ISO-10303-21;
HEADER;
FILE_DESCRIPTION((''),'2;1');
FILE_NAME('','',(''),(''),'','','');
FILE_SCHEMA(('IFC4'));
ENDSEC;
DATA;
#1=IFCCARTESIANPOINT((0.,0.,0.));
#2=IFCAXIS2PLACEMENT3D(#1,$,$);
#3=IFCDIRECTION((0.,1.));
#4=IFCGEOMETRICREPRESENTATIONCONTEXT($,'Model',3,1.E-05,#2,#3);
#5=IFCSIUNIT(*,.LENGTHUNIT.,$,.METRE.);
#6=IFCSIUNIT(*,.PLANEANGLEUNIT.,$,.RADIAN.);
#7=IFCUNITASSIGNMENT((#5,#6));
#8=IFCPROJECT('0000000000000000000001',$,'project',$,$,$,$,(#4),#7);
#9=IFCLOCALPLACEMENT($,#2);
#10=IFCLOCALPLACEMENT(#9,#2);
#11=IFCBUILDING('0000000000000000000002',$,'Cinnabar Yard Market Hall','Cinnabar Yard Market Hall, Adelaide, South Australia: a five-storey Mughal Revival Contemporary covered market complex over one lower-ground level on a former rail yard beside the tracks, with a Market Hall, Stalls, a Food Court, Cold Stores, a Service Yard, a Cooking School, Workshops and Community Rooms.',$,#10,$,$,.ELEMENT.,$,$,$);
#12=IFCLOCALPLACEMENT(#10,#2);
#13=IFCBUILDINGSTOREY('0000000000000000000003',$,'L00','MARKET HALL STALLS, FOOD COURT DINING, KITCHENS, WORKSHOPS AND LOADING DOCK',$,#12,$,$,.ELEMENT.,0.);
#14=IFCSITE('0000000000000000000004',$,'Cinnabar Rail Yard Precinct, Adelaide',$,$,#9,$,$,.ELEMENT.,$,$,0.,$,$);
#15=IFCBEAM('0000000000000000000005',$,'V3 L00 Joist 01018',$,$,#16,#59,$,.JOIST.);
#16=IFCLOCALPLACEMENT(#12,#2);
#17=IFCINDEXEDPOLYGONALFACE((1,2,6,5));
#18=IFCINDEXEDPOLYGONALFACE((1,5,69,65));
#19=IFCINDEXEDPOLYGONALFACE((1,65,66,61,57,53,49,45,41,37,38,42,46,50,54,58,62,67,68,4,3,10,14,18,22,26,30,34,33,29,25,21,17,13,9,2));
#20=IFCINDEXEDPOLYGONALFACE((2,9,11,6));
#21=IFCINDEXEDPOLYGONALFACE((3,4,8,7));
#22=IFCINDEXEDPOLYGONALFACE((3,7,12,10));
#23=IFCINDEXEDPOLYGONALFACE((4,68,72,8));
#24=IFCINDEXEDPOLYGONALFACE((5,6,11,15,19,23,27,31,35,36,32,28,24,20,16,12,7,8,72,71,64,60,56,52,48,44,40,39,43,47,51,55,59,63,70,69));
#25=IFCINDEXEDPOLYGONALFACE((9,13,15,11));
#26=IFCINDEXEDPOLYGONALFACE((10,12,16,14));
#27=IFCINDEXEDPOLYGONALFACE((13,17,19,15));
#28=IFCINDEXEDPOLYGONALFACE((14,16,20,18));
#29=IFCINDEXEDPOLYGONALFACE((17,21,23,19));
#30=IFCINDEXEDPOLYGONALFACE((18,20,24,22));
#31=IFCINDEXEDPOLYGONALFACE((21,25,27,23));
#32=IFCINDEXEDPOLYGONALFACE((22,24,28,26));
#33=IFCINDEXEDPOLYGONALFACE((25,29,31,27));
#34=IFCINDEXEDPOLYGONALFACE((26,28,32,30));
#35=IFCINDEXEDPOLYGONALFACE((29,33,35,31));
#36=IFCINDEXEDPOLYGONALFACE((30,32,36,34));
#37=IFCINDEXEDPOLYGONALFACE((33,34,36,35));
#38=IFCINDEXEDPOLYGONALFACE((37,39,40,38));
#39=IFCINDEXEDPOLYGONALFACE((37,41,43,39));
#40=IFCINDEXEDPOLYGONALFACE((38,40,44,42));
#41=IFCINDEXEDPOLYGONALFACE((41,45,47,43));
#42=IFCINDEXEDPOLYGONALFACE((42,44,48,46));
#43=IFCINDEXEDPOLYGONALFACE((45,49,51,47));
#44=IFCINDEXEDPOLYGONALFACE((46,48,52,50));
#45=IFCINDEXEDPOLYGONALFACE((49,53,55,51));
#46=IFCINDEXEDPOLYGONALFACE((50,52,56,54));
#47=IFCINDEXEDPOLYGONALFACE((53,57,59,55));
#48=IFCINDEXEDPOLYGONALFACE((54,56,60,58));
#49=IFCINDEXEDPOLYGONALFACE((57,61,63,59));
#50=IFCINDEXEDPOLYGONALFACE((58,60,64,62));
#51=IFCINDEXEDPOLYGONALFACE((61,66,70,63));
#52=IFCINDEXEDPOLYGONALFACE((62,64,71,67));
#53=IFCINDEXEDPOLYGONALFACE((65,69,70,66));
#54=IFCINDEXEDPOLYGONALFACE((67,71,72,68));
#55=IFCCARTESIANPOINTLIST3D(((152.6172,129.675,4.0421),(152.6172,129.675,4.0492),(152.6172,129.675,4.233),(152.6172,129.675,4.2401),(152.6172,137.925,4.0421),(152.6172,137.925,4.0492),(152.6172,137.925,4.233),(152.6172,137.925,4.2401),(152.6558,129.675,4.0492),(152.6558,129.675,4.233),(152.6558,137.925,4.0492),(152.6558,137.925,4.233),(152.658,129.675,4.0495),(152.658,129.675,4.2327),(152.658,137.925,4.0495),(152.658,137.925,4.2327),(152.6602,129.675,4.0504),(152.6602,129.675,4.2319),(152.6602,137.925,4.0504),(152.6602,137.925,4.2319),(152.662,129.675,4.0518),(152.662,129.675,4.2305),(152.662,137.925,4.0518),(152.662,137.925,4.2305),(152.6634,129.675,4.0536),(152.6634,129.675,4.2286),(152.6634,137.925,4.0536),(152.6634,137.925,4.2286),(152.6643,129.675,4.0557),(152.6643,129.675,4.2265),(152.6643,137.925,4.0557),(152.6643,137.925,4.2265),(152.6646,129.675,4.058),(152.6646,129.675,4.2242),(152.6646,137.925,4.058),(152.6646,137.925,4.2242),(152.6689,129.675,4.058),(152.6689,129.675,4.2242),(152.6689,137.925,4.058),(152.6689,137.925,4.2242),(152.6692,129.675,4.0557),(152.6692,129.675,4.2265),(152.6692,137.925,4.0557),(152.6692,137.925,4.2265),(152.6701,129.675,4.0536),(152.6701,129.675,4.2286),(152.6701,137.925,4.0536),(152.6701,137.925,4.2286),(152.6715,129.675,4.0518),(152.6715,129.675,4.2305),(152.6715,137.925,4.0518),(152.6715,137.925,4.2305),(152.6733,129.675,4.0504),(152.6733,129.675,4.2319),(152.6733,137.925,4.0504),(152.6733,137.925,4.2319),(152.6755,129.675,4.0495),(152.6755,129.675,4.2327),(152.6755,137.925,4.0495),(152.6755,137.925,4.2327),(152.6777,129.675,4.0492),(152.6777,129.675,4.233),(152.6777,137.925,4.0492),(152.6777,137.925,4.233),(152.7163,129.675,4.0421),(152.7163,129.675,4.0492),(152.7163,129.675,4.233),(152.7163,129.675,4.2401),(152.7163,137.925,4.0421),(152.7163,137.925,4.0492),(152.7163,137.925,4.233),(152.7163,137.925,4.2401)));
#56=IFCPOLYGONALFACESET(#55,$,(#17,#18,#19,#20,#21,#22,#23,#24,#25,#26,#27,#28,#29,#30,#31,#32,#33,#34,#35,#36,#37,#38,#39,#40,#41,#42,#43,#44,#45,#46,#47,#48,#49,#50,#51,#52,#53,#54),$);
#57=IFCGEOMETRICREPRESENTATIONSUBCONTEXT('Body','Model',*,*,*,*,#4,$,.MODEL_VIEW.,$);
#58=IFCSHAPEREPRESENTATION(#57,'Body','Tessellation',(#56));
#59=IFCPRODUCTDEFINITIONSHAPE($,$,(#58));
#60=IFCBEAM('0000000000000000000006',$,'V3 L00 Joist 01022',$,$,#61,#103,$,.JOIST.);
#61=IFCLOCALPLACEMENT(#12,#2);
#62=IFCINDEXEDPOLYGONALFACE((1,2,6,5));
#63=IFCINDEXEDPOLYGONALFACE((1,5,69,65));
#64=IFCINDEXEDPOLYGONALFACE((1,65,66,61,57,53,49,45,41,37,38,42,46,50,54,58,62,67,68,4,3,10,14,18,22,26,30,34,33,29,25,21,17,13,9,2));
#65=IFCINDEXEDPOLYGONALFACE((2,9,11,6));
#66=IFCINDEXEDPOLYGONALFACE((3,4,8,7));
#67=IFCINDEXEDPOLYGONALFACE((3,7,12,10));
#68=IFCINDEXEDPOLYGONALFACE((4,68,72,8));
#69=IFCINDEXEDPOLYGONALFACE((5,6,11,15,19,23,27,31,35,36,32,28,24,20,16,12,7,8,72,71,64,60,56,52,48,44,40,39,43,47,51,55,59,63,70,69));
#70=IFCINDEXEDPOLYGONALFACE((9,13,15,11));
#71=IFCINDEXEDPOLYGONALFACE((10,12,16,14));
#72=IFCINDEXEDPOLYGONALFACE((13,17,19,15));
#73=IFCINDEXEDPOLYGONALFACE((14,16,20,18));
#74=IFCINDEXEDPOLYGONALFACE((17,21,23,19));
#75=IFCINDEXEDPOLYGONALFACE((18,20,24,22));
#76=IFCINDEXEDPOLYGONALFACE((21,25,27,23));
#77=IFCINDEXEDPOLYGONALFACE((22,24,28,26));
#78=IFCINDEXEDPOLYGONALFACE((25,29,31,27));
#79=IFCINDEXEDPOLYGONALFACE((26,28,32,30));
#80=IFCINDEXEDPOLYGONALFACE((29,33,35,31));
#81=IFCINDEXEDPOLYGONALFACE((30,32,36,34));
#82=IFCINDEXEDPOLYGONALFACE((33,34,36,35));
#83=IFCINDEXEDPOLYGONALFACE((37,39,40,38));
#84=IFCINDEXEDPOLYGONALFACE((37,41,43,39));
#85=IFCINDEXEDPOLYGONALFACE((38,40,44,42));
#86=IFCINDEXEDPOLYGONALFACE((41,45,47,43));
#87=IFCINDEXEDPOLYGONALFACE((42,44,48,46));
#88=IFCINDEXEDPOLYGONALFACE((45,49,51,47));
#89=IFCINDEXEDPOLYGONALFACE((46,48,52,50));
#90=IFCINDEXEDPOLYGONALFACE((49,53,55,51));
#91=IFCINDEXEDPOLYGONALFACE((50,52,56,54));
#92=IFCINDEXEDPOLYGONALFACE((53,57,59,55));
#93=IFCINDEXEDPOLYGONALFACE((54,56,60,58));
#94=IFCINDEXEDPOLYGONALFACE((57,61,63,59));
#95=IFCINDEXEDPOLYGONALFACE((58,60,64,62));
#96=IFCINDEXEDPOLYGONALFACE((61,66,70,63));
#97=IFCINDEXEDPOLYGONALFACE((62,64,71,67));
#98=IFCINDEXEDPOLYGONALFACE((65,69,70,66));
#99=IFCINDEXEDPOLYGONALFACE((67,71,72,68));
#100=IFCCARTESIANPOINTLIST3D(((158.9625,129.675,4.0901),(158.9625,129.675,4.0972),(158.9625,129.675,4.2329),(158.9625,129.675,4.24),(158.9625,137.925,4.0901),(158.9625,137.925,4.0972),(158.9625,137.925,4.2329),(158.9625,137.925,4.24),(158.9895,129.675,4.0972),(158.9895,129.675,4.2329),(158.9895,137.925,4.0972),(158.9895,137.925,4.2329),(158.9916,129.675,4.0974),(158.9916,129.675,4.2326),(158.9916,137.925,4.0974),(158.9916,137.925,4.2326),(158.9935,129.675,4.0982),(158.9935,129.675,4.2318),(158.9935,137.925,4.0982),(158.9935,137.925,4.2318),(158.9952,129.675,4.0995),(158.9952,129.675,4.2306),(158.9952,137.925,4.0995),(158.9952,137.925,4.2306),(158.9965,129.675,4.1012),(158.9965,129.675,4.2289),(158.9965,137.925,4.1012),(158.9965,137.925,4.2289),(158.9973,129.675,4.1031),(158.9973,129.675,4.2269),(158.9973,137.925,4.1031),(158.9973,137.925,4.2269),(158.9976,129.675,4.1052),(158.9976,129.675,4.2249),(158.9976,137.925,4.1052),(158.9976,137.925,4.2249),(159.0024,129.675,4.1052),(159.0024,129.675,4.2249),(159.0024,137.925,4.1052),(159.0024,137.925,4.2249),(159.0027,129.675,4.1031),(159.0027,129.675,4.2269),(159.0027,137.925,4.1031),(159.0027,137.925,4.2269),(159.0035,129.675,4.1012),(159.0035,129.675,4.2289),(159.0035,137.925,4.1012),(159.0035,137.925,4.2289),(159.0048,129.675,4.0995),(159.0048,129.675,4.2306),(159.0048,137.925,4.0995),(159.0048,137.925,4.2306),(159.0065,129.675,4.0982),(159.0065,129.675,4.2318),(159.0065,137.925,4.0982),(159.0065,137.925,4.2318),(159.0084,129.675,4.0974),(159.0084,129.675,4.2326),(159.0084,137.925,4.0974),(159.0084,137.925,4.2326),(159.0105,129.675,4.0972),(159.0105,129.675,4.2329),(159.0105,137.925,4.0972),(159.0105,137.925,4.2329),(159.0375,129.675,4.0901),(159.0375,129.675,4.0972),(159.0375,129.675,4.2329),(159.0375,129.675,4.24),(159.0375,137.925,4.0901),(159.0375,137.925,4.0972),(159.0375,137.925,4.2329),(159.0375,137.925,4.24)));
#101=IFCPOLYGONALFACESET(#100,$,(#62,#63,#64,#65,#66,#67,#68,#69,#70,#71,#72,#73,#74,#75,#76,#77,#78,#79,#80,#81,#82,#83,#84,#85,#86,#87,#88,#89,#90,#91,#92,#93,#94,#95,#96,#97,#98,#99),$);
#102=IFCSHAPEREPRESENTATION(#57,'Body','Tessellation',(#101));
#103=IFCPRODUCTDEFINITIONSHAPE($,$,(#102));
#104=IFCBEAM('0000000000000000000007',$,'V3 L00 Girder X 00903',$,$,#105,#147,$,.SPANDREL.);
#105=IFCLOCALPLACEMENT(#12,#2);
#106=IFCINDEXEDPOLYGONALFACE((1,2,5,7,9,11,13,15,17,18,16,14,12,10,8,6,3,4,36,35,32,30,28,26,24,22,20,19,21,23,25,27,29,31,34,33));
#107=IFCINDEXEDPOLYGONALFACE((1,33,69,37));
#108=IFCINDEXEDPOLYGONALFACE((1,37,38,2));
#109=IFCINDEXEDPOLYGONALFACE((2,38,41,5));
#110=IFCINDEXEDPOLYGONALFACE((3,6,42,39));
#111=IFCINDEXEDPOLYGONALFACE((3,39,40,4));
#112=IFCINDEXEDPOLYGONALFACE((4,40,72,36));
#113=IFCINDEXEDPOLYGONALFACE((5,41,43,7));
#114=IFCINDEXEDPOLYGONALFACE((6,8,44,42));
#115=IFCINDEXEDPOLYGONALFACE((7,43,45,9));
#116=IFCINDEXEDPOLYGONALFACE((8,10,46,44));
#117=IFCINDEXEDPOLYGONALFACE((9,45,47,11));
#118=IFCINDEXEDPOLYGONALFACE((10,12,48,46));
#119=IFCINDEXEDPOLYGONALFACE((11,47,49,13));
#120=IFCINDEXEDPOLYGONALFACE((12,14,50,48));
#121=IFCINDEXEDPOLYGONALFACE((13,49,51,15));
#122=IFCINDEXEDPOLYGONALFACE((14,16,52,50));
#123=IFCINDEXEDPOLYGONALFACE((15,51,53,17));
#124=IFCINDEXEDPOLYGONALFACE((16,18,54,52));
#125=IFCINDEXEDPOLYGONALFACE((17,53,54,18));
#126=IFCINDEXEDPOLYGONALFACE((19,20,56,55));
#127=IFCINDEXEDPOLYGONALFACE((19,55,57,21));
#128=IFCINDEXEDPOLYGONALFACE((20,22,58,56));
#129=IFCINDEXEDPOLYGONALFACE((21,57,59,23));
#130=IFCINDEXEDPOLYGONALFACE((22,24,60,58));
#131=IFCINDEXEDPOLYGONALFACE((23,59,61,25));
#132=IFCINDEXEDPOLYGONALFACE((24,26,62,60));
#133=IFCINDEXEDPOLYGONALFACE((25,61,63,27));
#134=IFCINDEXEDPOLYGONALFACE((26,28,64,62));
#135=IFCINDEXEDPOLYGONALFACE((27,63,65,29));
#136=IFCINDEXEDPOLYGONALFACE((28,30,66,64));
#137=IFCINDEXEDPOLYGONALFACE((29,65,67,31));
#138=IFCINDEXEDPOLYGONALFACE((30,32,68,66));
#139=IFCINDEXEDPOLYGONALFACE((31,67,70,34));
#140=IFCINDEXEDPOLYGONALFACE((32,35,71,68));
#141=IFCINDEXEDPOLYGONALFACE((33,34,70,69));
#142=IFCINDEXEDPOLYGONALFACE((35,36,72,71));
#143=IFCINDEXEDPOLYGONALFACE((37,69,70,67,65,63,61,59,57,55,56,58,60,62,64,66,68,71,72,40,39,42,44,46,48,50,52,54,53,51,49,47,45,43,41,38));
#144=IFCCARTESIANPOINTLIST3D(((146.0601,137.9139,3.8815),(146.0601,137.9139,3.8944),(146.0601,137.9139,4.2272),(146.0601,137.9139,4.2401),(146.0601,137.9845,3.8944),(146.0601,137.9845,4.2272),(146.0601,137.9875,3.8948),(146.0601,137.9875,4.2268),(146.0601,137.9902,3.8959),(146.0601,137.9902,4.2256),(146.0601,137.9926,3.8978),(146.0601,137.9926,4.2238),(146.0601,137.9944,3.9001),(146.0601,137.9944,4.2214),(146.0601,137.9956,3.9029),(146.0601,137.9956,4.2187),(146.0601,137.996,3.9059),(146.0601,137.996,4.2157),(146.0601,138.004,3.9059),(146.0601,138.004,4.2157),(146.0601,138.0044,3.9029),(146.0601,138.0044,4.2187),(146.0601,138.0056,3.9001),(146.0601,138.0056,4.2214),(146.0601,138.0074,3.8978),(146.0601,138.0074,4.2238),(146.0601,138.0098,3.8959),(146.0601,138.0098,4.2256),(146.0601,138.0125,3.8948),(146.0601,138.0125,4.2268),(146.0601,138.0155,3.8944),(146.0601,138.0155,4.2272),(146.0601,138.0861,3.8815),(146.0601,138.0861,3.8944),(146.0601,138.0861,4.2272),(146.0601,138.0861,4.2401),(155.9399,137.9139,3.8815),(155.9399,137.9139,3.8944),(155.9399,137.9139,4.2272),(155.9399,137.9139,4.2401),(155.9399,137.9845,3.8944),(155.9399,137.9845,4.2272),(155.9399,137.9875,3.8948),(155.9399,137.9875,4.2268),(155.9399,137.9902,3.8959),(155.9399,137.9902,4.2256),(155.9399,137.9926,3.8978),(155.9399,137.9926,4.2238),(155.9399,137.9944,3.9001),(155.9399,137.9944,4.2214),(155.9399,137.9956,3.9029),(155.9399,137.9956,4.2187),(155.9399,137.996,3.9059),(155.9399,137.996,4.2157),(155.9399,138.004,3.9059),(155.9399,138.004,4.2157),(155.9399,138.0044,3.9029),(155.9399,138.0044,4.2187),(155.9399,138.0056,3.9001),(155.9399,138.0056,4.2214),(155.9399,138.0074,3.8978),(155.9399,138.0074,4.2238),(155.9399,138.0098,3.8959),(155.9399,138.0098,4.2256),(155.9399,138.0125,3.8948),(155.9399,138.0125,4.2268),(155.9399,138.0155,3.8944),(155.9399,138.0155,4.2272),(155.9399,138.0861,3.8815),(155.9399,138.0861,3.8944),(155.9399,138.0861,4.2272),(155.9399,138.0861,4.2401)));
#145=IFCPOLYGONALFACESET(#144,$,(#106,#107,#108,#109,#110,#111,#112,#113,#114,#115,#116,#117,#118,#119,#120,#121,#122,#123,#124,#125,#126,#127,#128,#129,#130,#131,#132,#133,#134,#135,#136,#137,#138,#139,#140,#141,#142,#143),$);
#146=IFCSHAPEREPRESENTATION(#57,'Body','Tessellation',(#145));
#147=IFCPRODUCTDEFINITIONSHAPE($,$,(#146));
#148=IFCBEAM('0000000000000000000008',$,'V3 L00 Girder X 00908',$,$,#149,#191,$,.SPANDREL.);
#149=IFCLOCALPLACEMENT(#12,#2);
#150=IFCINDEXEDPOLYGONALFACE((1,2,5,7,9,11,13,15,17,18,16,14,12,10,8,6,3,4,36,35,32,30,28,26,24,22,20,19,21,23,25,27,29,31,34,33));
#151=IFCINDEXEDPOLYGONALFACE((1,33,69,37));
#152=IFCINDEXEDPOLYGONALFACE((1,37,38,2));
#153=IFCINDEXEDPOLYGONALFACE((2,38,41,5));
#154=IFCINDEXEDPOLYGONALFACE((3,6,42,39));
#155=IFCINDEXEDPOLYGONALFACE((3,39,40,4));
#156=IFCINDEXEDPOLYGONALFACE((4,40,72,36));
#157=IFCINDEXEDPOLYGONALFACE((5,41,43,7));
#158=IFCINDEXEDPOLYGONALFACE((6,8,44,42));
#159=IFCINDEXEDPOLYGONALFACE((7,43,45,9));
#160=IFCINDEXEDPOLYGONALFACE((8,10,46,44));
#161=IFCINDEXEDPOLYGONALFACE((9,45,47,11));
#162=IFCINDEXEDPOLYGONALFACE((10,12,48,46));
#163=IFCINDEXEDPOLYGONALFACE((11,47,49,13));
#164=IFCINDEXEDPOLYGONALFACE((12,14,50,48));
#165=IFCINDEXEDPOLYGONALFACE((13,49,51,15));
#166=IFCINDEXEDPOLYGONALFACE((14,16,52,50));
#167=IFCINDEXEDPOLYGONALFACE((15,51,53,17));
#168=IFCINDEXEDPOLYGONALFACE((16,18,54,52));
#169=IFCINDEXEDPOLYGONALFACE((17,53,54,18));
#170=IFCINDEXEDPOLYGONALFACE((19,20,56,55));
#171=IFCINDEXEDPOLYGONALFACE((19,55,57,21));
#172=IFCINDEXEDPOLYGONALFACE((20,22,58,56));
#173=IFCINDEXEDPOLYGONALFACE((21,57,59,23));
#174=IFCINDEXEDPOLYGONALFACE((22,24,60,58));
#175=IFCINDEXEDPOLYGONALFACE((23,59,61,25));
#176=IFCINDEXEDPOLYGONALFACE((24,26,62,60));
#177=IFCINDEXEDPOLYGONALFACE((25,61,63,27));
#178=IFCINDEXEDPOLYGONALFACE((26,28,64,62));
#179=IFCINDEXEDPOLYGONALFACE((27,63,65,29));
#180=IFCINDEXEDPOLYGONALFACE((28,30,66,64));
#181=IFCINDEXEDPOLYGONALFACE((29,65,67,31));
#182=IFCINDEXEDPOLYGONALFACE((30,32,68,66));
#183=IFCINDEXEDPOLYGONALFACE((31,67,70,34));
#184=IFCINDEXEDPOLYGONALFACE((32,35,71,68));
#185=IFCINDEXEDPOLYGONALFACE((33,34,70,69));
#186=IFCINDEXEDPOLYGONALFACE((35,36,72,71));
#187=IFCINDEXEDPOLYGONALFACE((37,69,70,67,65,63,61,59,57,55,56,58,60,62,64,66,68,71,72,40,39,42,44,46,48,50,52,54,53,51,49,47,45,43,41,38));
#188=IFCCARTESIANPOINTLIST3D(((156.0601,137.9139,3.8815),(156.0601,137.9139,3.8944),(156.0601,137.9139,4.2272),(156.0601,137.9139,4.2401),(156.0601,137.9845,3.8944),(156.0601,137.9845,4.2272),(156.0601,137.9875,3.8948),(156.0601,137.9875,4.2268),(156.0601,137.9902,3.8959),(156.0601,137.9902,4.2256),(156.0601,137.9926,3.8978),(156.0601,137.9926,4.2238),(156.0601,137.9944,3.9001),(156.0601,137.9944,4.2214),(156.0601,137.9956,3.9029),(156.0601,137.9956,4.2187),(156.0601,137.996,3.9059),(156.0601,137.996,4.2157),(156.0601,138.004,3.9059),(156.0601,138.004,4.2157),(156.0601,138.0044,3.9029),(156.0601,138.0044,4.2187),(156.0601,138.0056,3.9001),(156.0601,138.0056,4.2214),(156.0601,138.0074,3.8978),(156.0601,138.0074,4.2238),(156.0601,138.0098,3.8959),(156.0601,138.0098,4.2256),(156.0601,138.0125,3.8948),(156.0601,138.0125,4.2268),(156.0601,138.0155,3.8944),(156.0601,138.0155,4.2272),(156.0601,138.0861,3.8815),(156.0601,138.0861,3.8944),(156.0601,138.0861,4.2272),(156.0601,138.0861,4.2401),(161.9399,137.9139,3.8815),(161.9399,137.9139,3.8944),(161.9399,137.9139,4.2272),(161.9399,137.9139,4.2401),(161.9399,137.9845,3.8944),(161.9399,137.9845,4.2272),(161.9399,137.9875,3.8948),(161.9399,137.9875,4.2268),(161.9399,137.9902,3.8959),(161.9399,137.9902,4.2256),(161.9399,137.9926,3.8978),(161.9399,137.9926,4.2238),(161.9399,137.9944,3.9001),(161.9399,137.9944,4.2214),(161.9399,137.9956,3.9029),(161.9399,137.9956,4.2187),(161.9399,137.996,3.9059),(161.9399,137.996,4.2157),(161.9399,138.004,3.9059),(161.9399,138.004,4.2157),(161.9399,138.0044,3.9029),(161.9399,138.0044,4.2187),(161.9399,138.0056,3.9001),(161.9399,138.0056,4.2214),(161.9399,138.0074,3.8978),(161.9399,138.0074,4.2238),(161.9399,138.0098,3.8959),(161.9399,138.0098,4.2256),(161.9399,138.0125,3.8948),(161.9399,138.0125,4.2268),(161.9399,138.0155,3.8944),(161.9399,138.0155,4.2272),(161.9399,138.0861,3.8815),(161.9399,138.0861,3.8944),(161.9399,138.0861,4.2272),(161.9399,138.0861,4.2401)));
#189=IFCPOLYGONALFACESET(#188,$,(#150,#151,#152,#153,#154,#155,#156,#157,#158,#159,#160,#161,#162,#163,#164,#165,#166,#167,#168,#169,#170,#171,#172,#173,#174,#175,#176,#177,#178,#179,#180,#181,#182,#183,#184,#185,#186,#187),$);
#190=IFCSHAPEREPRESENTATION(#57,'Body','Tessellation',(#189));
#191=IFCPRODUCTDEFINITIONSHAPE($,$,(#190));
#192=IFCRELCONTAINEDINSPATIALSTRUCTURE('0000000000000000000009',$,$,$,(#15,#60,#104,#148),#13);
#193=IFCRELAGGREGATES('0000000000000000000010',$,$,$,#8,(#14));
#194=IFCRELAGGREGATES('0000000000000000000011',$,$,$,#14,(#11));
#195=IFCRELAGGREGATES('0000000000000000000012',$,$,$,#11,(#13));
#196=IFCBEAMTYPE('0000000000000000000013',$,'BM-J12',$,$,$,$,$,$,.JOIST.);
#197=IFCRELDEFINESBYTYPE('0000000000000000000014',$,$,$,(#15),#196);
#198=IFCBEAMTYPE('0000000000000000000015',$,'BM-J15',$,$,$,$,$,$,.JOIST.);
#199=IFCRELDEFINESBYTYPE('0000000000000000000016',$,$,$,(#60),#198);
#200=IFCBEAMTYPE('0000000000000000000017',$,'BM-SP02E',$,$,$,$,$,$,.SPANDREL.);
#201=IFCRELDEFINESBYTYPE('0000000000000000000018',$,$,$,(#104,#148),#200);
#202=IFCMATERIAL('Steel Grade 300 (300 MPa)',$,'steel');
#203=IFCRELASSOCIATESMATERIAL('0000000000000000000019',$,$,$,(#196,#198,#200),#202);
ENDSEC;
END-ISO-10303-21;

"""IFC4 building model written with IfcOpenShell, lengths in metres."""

from ifc_helpers import new_model, si_unit, direction, frame, origin, origin_2d_with_axis, place, context, subcontext, project, spatial, i_section, extrude, material, material_profile, profile_set, type_object, element, save


model = new_model("IFC4")

# Units and contexts
model_context = context("Model", 3, precision=1e-05, world=origin(), true_north=direction((0.0, 1.0)))
body_context = subcontext(model_context, "Body", "Model", "MODEL_VIEW")
ifc_project = project(units=[si_unit("LENGTHUNIT", "METRE"), si_unit("PLANEANGLEUNIT", "RADIAN")], contexts=[model_context])

# Site, building, storey
site_placement = place(None, origin())
site = spatial("IfcSite", under=ifc_project, at=site_placement, Name="Cinnabar Rail Yard Precinct, Adelaide", CompositionType="ELEMENT", RefElevation=0.0)
building_placement = place(site_placement, origin())
building = spatial("IfcBuilding", under=site, at=building_placement, Name="Cinnabar Yard Market Hall", Description="Cinnabar Yard Market Hall, Adelaide, South Australia: a five-storey Mughal Revival Contemporary covered market complex over one lower-ground level on a former rail yard beside the tracks, with a Market Hall, Stalls, a Food Court, Cold Stores, a Service Yard, a Cooking School, Workshops and Community Rooms.", CompositionType="ELEMENT")
storey_placement = place(building_placement, origin())
storey = spatial("IfcBuildingStorey", under=building, at=storey_placement, Name="L00", Description="MARKET HALL STALLS, FOOD COURT DINING, KITCHENS, WORKSHOPS AND LOADING DOCK", CompositionType="ELEMENT", Elevation=0.0)

# Shared definitions
ifc_material_1 = material(Name="Steel Grade 300 (300 MPa)", Category="steel")

# Beams
ifc_material_profile_1 = material_profile(ifc_material_1, i_section(OverallWidth=0.0991, OverallDepth=0.198, WebThickness=0.0044, FlangeThickness=0.0071, FilletRadius=0.0088, at=origin_2d_with_axis()), Name="200UB18.2")
ifc_profile_set_1 = profile_set([ifc_material_profile_1], Name="Steel Grade 300 (300 MPa)")
beam_type_1 = type_object("IfcBeamType", Name="BM-J12", PredefinedType="JOIST", material=ifc_profile_set_1)
for number, where, z_axis, x_axis, name in (
    (1, (152.6667, 129.675, 4.1411), (0.0, 1.0, 0.0), (-1.0, 0.0, 0.0), "V3 L00 Joist 01018"),
):
    element("IfcBeam", number, at=place(storey_placement, frame(where, z_axis=z_axis, x_axis=x_axis)), inside=storey, type_object=beam_type_1, Name=name, PredefinedType="JOIST", context=body_context, shape_type="SweptSolid", body=[
        extrude(i_section(OverallWidth=0.0991, OverallDepth=0.198, WebThickness=0.0044, FlangeThickness=0.0071, FilletRadius=0.0088, at=origin_2d_with_axis()), origin(), (0.0, 0.0, 1.0), 8.25),
    ])
ifc_material_profile_2 = material_profile(ifc_material_1, i_section(OverallWidth=0.075, OverallDepth=0.1499, WebThickness=0.0049, FlangeThickness=0.0071, FilletRadius=0.0081, at=origin_2d_with_axis()), Name="150UB14.0")
ifc_profile_set_2 = profile_set([ifc_material_profile_2], Name="Steel Grade 300 (300 MPa)")
beam_type_2 = type_object("IfcBeamType", Name="BM-J15", PredefinedType="JOIST", material=ifc_profile_set_2)
beam_1_placement = place(storey_placement, frame((159.0, 129.675, 4.165), z_axis=(0.0, 1.0, 0.0), x_axis=(-1.0, 0.0, 0.0)))
element("IfcBeam", 2, at=beam_1_placement, inside=storey, type_object=beam_type_2, Name="V3 L00 Joist 01022", PredefinedType="JOIST", context=body_context, shape_type="SweptSolid", body=[
    extrude(i_section(OverallWidth=0.075, OverallDepth=0.1499, WebThickness=0.0049, FlangeThickness=0.0071, FilletRadius=0.0081, at=origin_2d_with_axis()), origin(), (0.0, 0.0, 1.0), 8.25),
])
ifc_material_profile_3 = material_profile(ifc_material_1, i_section(OverallWidth=0.1721, OverallDepth=0.3586, WebThickness=0.0081, FlangeThickness=0.0129, FilletRadius=0.0115, at=origin_2d_with_axis()), Name="360UB56.7")
ifc_profile_set_3 = profile_set([ifc_material_profile_3], Name="Steel Grade 300 (300 MPa)")
beam_type_3 = type_object("IfcBeamType", Name="BM-SP02E", PredefinedType="SPANDREL", material=ifc_profile_set_3)
beam_2_placement = place(storey_placement, frame((146.0601, 138.0, 4.0608), z_axis=(1.0, 0.0, 0.0), x_axis=(0.0, 1.0, 0.0)))
element("IfcBeam", 3, at=beam_2_placement, inside=storey, type_object=beam_type_3, Name="V3 L00 Girder X 00903", PredefinedType="SPANDREL", context=body_context, shape_type="SweptSolid", body=[
    extrude(i_section(OverallWidth=0.1721, OverallDepth=0.3586, WebThickness=0.0081, FlangeThickness=0.0129, FilletRadius=0.0115, at=origin_2d_with_axis()), origin(), (0.0, 0.0, 1.0), 9.8799),
])
beam_3_placement = place(storey_placement, frame((156.0601, 138.0, 4.0608), z_axis=(1.0, 0.0, 0.0), x_axis=(0.0, 1.0, 0.0)))
element("IfcBeam", 4, at=beam_3_placement, inside=storey, type_object=beam_type_3, Name="V3 L00 Girder X 00908", PredefinedType="SPANDREL", context=body_context, shape_type="SweptSolid", body=[
    extrude(i_section(OverallWidth=0.1721, OverallDepth=0.3586, WebThickness=0.0081, FlangeThickness=0.0129, FilletRadius=0.0115, at=origin_2d_with_axis()), origin(), (0.0, 0.0, 1.0), 5.8799),
])

save(model, "model.ifc")
